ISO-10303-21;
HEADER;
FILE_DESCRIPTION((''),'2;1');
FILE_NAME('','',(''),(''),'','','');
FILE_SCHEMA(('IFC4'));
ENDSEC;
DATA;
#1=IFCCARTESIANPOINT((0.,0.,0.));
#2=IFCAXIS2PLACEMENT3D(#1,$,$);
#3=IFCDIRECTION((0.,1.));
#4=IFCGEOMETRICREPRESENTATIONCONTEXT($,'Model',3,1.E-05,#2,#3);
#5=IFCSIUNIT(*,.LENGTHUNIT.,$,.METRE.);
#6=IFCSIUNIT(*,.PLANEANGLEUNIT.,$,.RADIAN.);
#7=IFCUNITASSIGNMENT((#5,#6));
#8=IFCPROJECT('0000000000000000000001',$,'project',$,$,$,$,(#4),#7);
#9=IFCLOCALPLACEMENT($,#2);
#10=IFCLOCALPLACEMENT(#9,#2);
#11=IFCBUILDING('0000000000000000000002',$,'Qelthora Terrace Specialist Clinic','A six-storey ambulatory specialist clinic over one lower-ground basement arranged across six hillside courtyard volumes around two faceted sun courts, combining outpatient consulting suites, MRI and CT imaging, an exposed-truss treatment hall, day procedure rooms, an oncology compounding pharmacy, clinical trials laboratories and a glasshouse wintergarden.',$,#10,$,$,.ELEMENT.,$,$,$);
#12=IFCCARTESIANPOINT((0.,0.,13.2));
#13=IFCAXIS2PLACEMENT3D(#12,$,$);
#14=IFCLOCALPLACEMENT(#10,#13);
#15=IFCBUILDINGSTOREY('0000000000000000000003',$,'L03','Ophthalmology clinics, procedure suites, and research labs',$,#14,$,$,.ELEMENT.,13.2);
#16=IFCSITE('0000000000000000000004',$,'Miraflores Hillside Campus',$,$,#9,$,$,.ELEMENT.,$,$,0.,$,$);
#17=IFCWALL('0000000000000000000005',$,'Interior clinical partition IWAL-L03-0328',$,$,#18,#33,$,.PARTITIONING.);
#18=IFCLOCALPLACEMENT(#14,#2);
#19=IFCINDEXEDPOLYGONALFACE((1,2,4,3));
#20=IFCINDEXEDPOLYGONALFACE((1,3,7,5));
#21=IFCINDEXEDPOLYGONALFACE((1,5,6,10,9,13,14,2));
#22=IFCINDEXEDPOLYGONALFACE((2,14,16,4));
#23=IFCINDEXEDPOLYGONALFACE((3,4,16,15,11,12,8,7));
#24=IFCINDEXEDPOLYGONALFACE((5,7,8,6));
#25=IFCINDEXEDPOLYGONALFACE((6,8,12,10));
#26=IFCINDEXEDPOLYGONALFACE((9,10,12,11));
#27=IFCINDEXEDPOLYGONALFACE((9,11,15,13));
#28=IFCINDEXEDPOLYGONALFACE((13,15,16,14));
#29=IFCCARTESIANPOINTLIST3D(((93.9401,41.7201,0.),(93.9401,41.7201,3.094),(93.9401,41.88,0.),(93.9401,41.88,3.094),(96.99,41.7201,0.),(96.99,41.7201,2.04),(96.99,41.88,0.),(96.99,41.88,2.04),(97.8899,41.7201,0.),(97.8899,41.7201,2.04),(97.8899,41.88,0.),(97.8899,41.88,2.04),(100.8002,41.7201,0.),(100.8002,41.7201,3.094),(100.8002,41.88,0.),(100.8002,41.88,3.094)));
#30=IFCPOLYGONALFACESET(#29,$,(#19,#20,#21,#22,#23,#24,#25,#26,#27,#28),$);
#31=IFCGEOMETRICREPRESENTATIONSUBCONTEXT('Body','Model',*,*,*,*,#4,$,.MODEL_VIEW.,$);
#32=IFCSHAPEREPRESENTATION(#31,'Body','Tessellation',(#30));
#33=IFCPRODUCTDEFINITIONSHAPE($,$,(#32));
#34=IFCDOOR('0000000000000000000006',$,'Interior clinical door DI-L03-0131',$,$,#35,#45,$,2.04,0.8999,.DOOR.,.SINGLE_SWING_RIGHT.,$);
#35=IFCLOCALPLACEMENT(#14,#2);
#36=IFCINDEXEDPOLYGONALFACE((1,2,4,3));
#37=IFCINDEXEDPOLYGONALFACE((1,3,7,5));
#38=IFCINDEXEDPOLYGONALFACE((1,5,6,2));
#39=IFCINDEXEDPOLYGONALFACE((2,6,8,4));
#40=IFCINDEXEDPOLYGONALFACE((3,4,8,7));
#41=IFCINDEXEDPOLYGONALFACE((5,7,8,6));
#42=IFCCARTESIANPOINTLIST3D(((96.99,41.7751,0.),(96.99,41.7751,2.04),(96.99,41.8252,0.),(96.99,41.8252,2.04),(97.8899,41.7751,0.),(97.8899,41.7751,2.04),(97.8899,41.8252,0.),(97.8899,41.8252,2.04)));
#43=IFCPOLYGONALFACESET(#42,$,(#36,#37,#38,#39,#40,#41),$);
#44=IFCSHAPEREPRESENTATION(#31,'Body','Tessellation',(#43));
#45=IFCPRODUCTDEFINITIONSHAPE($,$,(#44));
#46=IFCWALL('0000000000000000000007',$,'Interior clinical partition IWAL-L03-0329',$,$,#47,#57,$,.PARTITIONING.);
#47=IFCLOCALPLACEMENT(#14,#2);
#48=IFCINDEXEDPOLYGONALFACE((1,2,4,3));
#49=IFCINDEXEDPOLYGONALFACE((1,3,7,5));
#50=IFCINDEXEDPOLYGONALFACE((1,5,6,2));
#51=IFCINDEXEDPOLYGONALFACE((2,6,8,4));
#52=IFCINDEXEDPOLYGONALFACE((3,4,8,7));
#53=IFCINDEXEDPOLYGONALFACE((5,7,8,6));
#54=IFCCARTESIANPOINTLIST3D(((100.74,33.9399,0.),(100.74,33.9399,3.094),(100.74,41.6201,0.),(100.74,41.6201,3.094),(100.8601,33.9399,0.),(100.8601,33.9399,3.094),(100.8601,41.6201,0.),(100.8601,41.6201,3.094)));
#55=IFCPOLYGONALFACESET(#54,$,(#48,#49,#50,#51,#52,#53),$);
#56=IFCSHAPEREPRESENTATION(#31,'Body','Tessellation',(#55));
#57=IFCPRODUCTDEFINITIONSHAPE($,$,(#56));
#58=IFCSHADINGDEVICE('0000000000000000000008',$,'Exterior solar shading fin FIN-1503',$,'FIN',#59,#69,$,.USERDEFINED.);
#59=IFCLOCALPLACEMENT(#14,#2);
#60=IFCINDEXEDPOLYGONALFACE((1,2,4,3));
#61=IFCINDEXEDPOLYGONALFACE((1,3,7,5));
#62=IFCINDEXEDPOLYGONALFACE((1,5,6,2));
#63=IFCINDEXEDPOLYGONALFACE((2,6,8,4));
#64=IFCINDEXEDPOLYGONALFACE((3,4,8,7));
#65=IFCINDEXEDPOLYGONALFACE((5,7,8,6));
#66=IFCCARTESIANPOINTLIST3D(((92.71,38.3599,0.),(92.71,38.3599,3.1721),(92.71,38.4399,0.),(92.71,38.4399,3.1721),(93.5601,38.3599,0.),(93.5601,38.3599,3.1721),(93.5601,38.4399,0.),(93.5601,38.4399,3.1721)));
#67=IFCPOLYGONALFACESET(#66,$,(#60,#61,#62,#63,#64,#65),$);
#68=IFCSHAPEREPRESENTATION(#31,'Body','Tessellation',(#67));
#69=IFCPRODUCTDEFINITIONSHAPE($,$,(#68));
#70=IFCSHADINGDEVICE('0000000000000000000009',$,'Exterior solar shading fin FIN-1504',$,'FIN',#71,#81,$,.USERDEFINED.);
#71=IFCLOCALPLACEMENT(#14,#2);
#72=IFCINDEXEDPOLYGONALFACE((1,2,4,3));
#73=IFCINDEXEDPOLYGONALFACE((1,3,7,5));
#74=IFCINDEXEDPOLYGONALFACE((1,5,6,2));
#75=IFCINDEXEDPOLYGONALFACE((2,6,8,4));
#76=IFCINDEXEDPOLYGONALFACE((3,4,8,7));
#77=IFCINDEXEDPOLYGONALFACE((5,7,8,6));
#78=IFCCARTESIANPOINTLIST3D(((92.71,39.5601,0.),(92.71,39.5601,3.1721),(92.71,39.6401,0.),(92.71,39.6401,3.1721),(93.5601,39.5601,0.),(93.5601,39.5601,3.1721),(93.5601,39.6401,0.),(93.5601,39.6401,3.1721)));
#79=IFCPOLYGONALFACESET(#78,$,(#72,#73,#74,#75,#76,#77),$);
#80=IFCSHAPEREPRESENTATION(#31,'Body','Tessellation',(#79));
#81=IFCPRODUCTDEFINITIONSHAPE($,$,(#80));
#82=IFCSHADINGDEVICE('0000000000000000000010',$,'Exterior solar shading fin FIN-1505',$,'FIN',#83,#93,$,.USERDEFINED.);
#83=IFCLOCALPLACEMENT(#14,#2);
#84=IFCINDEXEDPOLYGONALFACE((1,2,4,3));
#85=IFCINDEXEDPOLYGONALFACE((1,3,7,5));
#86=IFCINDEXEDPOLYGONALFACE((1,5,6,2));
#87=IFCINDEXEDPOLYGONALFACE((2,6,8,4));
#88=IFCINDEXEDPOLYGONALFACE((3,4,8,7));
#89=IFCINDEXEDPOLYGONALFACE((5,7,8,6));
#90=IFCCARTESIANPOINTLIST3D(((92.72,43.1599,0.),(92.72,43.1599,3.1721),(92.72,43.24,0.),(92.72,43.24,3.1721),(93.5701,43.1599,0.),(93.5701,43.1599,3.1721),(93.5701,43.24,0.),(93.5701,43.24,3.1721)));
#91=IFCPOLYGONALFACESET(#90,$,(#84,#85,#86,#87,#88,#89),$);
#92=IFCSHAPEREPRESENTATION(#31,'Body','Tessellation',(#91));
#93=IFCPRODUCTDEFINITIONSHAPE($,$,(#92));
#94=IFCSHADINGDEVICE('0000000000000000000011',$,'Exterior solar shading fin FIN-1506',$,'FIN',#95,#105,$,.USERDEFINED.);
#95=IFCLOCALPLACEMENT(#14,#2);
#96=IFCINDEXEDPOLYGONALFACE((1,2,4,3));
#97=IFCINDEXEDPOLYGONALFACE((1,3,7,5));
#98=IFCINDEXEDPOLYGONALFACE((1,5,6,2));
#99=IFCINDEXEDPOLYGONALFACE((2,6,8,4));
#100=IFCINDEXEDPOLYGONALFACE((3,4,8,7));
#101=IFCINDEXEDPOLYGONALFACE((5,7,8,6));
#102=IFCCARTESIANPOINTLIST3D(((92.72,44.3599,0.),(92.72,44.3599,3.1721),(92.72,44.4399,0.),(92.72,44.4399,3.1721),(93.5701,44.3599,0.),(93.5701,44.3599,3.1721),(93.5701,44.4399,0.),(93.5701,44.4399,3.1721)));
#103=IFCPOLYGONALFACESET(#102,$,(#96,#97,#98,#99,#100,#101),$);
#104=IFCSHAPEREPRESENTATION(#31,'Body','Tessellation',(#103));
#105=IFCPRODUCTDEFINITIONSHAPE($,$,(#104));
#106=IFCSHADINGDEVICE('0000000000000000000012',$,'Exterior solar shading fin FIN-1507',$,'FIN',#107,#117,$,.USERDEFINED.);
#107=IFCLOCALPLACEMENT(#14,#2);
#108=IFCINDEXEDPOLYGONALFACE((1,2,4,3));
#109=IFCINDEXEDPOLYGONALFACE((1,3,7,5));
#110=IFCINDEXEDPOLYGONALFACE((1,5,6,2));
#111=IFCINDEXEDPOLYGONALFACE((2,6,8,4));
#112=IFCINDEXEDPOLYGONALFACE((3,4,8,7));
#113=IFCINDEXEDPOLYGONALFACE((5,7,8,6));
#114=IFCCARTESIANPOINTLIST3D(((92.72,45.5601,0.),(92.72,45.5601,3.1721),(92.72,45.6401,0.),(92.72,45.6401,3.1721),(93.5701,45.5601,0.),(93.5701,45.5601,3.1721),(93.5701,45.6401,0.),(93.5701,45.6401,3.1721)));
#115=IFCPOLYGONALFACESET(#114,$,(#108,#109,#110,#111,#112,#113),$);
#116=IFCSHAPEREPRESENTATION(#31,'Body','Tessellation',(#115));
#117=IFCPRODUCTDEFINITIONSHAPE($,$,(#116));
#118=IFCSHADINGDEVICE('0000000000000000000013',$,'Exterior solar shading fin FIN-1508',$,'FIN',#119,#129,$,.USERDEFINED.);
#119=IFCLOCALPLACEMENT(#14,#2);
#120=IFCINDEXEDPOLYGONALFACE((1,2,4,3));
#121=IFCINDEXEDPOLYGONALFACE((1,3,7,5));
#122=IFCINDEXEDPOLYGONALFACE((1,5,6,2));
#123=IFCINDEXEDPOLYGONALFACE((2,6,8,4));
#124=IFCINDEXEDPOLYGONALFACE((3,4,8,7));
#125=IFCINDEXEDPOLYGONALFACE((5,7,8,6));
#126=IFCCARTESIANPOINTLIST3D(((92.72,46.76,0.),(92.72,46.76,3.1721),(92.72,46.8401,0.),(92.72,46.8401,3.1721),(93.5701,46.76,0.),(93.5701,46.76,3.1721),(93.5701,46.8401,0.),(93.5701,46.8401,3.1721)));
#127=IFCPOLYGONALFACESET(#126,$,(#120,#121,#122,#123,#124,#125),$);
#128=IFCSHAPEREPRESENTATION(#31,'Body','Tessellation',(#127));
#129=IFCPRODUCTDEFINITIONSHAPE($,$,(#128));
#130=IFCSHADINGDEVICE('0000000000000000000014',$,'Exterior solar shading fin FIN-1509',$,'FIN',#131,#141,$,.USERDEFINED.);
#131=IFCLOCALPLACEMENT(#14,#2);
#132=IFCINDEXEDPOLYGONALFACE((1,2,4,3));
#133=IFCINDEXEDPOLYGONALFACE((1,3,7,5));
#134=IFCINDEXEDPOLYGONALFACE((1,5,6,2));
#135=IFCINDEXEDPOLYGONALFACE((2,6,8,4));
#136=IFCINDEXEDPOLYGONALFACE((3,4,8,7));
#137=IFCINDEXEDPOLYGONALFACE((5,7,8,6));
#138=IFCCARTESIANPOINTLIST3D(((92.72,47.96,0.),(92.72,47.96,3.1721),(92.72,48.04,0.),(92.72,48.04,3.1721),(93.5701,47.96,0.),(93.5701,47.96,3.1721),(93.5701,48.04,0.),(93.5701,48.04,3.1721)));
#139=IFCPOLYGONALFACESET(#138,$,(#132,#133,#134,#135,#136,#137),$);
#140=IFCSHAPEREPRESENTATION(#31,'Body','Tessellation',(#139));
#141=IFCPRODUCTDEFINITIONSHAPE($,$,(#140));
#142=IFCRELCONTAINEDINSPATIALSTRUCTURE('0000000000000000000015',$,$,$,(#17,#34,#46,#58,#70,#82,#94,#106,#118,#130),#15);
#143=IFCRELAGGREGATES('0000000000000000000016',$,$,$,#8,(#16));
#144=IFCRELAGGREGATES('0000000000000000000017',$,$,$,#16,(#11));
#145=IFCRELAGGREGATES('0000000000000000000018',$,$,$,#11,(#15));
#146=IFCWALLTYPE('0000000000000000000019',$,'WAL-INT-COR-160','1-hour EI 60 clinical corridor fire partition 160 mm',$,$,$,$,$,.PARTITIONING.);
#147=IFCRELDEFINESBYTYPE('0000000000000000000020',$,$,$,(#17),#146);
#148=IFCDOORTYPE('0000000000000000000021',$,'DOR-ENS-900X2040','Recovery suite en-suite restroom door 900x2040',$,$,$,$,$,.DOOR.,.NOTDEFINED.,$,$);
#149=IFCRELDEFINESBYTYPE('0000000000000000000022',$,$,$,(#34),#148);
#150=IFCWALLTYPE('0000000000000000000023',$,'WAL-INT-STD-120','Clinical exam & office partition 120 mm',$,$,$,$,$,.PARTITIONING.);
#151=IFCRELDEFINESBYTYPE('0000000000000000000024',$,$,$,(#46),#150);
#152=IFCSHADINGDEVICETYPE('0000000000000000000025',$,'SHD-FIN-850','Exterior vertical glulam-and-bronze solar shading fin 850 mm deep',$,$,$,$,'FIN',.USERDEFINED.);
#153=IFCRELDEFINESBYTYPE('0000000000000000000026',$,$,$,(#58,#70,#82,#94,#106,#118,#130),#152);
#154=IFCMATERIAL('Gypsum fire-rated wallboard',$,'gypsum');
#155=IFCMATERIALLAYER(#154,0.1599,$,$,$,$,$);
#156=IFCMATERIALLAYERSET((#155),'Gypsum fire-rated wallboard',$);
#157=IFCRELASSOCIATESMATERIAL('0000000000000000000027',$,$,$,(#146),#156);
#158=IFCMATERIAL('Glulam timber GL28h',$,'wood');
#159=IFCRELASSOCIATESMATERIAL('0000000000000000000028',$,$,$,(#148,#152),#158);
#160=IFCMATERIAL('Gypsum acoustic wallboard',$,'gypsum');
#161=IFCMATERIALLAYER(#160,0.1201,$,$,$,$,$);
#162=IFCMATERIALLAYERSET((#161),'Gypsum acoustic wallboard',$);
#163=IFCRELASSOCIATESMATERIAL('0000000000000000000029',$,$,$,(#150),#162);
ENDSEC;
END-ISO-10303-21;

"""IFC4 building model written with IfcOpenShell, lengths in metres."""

from ifc_helpers import new_model, si_unit, direction, frame, frame_2d, origin, origin_2d, place, context, subcontext, project, spatial, rectangle, extrude, material, layer, layer_set, type_object, element, fill, save


model = new_model("IFC4")

# Units and contexts
model_context = context("Model", 3, precision=1e-05, world=origin(), true_north=direction((0.0, 1.0)))
body_context = subcontext(model_context, "Body", "Model", "MODEL_VIEW")
ifc_project = project(units=[si_unit("LENGTHUNIT", "METRE"), si_unit("PLANEANGLEUNIT", "RADIAN")], contexts=[model_context])

# Site, building, storey
site_placement = place(None, origin())
site = spatial("IfcSite", under=ifc_project, at=site_placement, Name="Miraflores Hillside Campus", CompositionType="ELEMENT", RefElevation=0.0)
building_placement = place(site_placement, origin())
building = spatial("IfcBuilding", under=site, at=building_placement, Name="Qelthora Terrace Specialist Clinic", Description="A six-storey ambulatory specialist clinic over one lower-ground basement arranged across six hillside courtyard volumes around two faceted sun courts, combining outpatient consulting suites, MRI and CT imaging, an exposed-truss treatment hall, day procedure rooms, an oncology compounding pharmacy, clinical trials laboratories and a glasshouse wintergarden.", CompositionType="ELEMENT")
storey_placement = place(building_placement, frame((0.0, 0.0, 13.2)))
storey = spatial("IfcBuildingStorey", under=building, at=storey_placement, Name="L03", Description="Ophthalmology clinics, procedure suites, and research labs", CompositionType="ELEMENT", Elevation=13.2)

# Wall, opening, door
ifc_material_1 = material(Name="Gypsum fire-rated wallboard", Category="gypsum")
ifc_layer_1 = layer(ifc_material_1, 0.1599)
ifc_layer_set_1 = layer_set([ifc_layer_1], Name="Gypsum fire-rated wallboard")
wall_type_1 = type_object("IfcWallType", Name="WAL-INT-COR-160", Description="1-hour EI 60 clinical corridor fire partition 160 mm", PredefinedType="PARTITIONING", material=ifc_layer_set_1)
wall_1_placement = place(storey_placement, frame((93.9399, 41.8, 0.0), z_axis=(0.0, 0.0, 1.0), x_axis=(1.0, 0.0, 0.0)))
wall_1 = element("IfcWall", 1, at=wall_1_placement, inside=storey, type_object=wall_type_1, Name="Interior clinical partition IWAL-L03-0328", PredefinedType="PARTITIONING", context=body_context, shape_type="SweptSolid", body=[
    extrude(rectangle(XDim=6.8601, YDim=0.1599, at=frame_2d((3.4302, 0.0))), origin(), (0.0, 0.0, 1.0), 3.094),
])
opening_1_placement = place(wall_1_placement, frame((3.05, 0.0, 0.0)))
opening_1 = element("IfcOpeningElement", 2, at=opening_1_placement, cuts=wall_1, PredefinedType="OPENING", context=body_context, shape_type="SweptSolid", body=[
    extrude(rectangle(XDim=0.8999, YDim=2.04, at=frame_2d((0.45, 1.02))), frame((0.0, 0.0898, 0.0), z_axis=(0.0, -1.0, 0.0), x_axis=(1.0, 0.0, 0.0)), (0.0, 0.0, 1.0), 0.1799),
])
ifc_material_2 = material(Name="Glulam timber GL28h", Category="wood")
door_type = type_object("IfcDoorType", Name="DOR-ENS-900X2040", Description="Recovery suite en-suite restroom door 900x2040", OperationType="NOTDEFINED", PredefinedType="DOOR", material=ifc_material_2)
door_placement = place(opening_1_placement, frame((0.8999, 0.0, 0.0), z_axis=(0.0, 0.0, 1.0), x_axis=(-1.0, 0.0, 0.0)))
door = element("IfcDoor", 3, at=door_placement, inside=storey, type_object=door_type, Name="Interior clinical door DI-L03-0131", OperationType="SINGLE_SWING_RIGHT", OverallHeight=2.04, OverallWidth=0.8999, PredefinedType="DOOR", context=body_context, shape_type="SweptSolid", body=[
    extrude(rectangle(XDim=0.8999, YDim=2.04, at=frame_2d((0.45, 1.02))), frame((0.0, 0.0249, 0.0), z_axis=(0.0, -1.0, 0.0), x_axis=(1.0, 0.0, 0.0)), (0.0, 0.0, 1.0), 0.05),
])
fill(opening_1, door)

# Wall
ifc_material_3 = material(Name="Gypsum acoustic wallboard", Category="gypsum")
ifc_layer_2 = layer(ifc_material_3, 0.1201)
ifc_layer_set_2 = layer_set([ifc_layer_2], Name="Gypsum acoustic wallboard")
wall_type_2 = type_object("IfcWallType", Name="WAL-INT-STD-120", Description="Clinical exam & office partition 120 mm", PredefinedType="PARTITIONING", material=ifc_layer_set_2)
wall_2_placement = place(storey_placement, frame((100.8, 41.6201, 0.0), z_axis=(0.0, 0.0, 1.0), x_axis=(0.0, -1.0, 0.0)))
element("IfcWall", 4, at=wall_2_placement, inside=storey, type_object=wall_type_2, Name="Interior clinical partition IWAL-L03-0329", PredefinedType="PARTITIONING", context=body_context, shape_type="SweptSolid", body=[
    extrude(rectangle(XDim=7.6802, YDim=0.1201, at=frame_2d((3.8401, 0.0))), origin(), (0.0, 0.0, 1.0), 3.094),
])

# Shading devices
shading_device_type = type_object("IfcShadingDeviceType", Name="SHD-FIN-850", Description="Exterior vertical glulam-and-bronze solar shading fin 850 mm deep", ElementType="FIN", PredefinedType="USERDEFINED", material=ifc_material_2)
for number, where, z_axis, x_axis, name in (
    (5, (93.135, 38.3999, 0.0), (0.0, 0.0, 1.0), (-1.0, 0.0, 0.0), "Exterior solar shading fin FIN-1503"),
    (6, (93.135, 39.6001, 0.0), (0.0, 0.0, 1.0), (-1.0, 0.0, 0.0), "Exterior solar shading fin FIN-1504"),
    (7, (93.145, 43.2, 0.0), (0.0, 0.0, 1.0), (-1.0, 0.0, 0.0), "Exterior solar shading fin FIN-1505"),
    (8, (93.145, 44.3999, 0.0), (0.0, 0.0, 1.0), (-1.0, 0.0, 0.0), "Exterior solar shading fin FIN-1506"),
    (9, (93.145, 45.6001, 0.0), (0.0, 0.0, 1.0), (-1.0, 0.0, 0.0), "Exterior solar shading fin FIN-1507"),
    (10, (93.145, 46.8, 0.0), (0.0, 0.0, 1.0), (-1.0, 0.0, 0.0), "Exterior solar shading fin FIN-1508"),
    (11, (93.145, 48.0, 0.0), (0.0, 0.0, 1.0), (-1.0, 0.0, 0.0), "Exterior solar shading fin FIN-1509"),
):
    element("IfcShadingDevice", number, at=place(storey_placement, frame(where, z_axis=z_axis, x_axis=x_axis)), inside=storey, type_object=shading_device_type, Name=name, ObjectType="FIN", PredefinedType="USERDEFINED", context=body_context, shape_type="SweptSolid", body=[
        extrude(rectangle(XDim=0.8501, YDim=0.0801, at=origin_2d()), origin(), (0.0, 0.0, 1.0), 3.1721),
    ])

save(model, "model.ifc")
